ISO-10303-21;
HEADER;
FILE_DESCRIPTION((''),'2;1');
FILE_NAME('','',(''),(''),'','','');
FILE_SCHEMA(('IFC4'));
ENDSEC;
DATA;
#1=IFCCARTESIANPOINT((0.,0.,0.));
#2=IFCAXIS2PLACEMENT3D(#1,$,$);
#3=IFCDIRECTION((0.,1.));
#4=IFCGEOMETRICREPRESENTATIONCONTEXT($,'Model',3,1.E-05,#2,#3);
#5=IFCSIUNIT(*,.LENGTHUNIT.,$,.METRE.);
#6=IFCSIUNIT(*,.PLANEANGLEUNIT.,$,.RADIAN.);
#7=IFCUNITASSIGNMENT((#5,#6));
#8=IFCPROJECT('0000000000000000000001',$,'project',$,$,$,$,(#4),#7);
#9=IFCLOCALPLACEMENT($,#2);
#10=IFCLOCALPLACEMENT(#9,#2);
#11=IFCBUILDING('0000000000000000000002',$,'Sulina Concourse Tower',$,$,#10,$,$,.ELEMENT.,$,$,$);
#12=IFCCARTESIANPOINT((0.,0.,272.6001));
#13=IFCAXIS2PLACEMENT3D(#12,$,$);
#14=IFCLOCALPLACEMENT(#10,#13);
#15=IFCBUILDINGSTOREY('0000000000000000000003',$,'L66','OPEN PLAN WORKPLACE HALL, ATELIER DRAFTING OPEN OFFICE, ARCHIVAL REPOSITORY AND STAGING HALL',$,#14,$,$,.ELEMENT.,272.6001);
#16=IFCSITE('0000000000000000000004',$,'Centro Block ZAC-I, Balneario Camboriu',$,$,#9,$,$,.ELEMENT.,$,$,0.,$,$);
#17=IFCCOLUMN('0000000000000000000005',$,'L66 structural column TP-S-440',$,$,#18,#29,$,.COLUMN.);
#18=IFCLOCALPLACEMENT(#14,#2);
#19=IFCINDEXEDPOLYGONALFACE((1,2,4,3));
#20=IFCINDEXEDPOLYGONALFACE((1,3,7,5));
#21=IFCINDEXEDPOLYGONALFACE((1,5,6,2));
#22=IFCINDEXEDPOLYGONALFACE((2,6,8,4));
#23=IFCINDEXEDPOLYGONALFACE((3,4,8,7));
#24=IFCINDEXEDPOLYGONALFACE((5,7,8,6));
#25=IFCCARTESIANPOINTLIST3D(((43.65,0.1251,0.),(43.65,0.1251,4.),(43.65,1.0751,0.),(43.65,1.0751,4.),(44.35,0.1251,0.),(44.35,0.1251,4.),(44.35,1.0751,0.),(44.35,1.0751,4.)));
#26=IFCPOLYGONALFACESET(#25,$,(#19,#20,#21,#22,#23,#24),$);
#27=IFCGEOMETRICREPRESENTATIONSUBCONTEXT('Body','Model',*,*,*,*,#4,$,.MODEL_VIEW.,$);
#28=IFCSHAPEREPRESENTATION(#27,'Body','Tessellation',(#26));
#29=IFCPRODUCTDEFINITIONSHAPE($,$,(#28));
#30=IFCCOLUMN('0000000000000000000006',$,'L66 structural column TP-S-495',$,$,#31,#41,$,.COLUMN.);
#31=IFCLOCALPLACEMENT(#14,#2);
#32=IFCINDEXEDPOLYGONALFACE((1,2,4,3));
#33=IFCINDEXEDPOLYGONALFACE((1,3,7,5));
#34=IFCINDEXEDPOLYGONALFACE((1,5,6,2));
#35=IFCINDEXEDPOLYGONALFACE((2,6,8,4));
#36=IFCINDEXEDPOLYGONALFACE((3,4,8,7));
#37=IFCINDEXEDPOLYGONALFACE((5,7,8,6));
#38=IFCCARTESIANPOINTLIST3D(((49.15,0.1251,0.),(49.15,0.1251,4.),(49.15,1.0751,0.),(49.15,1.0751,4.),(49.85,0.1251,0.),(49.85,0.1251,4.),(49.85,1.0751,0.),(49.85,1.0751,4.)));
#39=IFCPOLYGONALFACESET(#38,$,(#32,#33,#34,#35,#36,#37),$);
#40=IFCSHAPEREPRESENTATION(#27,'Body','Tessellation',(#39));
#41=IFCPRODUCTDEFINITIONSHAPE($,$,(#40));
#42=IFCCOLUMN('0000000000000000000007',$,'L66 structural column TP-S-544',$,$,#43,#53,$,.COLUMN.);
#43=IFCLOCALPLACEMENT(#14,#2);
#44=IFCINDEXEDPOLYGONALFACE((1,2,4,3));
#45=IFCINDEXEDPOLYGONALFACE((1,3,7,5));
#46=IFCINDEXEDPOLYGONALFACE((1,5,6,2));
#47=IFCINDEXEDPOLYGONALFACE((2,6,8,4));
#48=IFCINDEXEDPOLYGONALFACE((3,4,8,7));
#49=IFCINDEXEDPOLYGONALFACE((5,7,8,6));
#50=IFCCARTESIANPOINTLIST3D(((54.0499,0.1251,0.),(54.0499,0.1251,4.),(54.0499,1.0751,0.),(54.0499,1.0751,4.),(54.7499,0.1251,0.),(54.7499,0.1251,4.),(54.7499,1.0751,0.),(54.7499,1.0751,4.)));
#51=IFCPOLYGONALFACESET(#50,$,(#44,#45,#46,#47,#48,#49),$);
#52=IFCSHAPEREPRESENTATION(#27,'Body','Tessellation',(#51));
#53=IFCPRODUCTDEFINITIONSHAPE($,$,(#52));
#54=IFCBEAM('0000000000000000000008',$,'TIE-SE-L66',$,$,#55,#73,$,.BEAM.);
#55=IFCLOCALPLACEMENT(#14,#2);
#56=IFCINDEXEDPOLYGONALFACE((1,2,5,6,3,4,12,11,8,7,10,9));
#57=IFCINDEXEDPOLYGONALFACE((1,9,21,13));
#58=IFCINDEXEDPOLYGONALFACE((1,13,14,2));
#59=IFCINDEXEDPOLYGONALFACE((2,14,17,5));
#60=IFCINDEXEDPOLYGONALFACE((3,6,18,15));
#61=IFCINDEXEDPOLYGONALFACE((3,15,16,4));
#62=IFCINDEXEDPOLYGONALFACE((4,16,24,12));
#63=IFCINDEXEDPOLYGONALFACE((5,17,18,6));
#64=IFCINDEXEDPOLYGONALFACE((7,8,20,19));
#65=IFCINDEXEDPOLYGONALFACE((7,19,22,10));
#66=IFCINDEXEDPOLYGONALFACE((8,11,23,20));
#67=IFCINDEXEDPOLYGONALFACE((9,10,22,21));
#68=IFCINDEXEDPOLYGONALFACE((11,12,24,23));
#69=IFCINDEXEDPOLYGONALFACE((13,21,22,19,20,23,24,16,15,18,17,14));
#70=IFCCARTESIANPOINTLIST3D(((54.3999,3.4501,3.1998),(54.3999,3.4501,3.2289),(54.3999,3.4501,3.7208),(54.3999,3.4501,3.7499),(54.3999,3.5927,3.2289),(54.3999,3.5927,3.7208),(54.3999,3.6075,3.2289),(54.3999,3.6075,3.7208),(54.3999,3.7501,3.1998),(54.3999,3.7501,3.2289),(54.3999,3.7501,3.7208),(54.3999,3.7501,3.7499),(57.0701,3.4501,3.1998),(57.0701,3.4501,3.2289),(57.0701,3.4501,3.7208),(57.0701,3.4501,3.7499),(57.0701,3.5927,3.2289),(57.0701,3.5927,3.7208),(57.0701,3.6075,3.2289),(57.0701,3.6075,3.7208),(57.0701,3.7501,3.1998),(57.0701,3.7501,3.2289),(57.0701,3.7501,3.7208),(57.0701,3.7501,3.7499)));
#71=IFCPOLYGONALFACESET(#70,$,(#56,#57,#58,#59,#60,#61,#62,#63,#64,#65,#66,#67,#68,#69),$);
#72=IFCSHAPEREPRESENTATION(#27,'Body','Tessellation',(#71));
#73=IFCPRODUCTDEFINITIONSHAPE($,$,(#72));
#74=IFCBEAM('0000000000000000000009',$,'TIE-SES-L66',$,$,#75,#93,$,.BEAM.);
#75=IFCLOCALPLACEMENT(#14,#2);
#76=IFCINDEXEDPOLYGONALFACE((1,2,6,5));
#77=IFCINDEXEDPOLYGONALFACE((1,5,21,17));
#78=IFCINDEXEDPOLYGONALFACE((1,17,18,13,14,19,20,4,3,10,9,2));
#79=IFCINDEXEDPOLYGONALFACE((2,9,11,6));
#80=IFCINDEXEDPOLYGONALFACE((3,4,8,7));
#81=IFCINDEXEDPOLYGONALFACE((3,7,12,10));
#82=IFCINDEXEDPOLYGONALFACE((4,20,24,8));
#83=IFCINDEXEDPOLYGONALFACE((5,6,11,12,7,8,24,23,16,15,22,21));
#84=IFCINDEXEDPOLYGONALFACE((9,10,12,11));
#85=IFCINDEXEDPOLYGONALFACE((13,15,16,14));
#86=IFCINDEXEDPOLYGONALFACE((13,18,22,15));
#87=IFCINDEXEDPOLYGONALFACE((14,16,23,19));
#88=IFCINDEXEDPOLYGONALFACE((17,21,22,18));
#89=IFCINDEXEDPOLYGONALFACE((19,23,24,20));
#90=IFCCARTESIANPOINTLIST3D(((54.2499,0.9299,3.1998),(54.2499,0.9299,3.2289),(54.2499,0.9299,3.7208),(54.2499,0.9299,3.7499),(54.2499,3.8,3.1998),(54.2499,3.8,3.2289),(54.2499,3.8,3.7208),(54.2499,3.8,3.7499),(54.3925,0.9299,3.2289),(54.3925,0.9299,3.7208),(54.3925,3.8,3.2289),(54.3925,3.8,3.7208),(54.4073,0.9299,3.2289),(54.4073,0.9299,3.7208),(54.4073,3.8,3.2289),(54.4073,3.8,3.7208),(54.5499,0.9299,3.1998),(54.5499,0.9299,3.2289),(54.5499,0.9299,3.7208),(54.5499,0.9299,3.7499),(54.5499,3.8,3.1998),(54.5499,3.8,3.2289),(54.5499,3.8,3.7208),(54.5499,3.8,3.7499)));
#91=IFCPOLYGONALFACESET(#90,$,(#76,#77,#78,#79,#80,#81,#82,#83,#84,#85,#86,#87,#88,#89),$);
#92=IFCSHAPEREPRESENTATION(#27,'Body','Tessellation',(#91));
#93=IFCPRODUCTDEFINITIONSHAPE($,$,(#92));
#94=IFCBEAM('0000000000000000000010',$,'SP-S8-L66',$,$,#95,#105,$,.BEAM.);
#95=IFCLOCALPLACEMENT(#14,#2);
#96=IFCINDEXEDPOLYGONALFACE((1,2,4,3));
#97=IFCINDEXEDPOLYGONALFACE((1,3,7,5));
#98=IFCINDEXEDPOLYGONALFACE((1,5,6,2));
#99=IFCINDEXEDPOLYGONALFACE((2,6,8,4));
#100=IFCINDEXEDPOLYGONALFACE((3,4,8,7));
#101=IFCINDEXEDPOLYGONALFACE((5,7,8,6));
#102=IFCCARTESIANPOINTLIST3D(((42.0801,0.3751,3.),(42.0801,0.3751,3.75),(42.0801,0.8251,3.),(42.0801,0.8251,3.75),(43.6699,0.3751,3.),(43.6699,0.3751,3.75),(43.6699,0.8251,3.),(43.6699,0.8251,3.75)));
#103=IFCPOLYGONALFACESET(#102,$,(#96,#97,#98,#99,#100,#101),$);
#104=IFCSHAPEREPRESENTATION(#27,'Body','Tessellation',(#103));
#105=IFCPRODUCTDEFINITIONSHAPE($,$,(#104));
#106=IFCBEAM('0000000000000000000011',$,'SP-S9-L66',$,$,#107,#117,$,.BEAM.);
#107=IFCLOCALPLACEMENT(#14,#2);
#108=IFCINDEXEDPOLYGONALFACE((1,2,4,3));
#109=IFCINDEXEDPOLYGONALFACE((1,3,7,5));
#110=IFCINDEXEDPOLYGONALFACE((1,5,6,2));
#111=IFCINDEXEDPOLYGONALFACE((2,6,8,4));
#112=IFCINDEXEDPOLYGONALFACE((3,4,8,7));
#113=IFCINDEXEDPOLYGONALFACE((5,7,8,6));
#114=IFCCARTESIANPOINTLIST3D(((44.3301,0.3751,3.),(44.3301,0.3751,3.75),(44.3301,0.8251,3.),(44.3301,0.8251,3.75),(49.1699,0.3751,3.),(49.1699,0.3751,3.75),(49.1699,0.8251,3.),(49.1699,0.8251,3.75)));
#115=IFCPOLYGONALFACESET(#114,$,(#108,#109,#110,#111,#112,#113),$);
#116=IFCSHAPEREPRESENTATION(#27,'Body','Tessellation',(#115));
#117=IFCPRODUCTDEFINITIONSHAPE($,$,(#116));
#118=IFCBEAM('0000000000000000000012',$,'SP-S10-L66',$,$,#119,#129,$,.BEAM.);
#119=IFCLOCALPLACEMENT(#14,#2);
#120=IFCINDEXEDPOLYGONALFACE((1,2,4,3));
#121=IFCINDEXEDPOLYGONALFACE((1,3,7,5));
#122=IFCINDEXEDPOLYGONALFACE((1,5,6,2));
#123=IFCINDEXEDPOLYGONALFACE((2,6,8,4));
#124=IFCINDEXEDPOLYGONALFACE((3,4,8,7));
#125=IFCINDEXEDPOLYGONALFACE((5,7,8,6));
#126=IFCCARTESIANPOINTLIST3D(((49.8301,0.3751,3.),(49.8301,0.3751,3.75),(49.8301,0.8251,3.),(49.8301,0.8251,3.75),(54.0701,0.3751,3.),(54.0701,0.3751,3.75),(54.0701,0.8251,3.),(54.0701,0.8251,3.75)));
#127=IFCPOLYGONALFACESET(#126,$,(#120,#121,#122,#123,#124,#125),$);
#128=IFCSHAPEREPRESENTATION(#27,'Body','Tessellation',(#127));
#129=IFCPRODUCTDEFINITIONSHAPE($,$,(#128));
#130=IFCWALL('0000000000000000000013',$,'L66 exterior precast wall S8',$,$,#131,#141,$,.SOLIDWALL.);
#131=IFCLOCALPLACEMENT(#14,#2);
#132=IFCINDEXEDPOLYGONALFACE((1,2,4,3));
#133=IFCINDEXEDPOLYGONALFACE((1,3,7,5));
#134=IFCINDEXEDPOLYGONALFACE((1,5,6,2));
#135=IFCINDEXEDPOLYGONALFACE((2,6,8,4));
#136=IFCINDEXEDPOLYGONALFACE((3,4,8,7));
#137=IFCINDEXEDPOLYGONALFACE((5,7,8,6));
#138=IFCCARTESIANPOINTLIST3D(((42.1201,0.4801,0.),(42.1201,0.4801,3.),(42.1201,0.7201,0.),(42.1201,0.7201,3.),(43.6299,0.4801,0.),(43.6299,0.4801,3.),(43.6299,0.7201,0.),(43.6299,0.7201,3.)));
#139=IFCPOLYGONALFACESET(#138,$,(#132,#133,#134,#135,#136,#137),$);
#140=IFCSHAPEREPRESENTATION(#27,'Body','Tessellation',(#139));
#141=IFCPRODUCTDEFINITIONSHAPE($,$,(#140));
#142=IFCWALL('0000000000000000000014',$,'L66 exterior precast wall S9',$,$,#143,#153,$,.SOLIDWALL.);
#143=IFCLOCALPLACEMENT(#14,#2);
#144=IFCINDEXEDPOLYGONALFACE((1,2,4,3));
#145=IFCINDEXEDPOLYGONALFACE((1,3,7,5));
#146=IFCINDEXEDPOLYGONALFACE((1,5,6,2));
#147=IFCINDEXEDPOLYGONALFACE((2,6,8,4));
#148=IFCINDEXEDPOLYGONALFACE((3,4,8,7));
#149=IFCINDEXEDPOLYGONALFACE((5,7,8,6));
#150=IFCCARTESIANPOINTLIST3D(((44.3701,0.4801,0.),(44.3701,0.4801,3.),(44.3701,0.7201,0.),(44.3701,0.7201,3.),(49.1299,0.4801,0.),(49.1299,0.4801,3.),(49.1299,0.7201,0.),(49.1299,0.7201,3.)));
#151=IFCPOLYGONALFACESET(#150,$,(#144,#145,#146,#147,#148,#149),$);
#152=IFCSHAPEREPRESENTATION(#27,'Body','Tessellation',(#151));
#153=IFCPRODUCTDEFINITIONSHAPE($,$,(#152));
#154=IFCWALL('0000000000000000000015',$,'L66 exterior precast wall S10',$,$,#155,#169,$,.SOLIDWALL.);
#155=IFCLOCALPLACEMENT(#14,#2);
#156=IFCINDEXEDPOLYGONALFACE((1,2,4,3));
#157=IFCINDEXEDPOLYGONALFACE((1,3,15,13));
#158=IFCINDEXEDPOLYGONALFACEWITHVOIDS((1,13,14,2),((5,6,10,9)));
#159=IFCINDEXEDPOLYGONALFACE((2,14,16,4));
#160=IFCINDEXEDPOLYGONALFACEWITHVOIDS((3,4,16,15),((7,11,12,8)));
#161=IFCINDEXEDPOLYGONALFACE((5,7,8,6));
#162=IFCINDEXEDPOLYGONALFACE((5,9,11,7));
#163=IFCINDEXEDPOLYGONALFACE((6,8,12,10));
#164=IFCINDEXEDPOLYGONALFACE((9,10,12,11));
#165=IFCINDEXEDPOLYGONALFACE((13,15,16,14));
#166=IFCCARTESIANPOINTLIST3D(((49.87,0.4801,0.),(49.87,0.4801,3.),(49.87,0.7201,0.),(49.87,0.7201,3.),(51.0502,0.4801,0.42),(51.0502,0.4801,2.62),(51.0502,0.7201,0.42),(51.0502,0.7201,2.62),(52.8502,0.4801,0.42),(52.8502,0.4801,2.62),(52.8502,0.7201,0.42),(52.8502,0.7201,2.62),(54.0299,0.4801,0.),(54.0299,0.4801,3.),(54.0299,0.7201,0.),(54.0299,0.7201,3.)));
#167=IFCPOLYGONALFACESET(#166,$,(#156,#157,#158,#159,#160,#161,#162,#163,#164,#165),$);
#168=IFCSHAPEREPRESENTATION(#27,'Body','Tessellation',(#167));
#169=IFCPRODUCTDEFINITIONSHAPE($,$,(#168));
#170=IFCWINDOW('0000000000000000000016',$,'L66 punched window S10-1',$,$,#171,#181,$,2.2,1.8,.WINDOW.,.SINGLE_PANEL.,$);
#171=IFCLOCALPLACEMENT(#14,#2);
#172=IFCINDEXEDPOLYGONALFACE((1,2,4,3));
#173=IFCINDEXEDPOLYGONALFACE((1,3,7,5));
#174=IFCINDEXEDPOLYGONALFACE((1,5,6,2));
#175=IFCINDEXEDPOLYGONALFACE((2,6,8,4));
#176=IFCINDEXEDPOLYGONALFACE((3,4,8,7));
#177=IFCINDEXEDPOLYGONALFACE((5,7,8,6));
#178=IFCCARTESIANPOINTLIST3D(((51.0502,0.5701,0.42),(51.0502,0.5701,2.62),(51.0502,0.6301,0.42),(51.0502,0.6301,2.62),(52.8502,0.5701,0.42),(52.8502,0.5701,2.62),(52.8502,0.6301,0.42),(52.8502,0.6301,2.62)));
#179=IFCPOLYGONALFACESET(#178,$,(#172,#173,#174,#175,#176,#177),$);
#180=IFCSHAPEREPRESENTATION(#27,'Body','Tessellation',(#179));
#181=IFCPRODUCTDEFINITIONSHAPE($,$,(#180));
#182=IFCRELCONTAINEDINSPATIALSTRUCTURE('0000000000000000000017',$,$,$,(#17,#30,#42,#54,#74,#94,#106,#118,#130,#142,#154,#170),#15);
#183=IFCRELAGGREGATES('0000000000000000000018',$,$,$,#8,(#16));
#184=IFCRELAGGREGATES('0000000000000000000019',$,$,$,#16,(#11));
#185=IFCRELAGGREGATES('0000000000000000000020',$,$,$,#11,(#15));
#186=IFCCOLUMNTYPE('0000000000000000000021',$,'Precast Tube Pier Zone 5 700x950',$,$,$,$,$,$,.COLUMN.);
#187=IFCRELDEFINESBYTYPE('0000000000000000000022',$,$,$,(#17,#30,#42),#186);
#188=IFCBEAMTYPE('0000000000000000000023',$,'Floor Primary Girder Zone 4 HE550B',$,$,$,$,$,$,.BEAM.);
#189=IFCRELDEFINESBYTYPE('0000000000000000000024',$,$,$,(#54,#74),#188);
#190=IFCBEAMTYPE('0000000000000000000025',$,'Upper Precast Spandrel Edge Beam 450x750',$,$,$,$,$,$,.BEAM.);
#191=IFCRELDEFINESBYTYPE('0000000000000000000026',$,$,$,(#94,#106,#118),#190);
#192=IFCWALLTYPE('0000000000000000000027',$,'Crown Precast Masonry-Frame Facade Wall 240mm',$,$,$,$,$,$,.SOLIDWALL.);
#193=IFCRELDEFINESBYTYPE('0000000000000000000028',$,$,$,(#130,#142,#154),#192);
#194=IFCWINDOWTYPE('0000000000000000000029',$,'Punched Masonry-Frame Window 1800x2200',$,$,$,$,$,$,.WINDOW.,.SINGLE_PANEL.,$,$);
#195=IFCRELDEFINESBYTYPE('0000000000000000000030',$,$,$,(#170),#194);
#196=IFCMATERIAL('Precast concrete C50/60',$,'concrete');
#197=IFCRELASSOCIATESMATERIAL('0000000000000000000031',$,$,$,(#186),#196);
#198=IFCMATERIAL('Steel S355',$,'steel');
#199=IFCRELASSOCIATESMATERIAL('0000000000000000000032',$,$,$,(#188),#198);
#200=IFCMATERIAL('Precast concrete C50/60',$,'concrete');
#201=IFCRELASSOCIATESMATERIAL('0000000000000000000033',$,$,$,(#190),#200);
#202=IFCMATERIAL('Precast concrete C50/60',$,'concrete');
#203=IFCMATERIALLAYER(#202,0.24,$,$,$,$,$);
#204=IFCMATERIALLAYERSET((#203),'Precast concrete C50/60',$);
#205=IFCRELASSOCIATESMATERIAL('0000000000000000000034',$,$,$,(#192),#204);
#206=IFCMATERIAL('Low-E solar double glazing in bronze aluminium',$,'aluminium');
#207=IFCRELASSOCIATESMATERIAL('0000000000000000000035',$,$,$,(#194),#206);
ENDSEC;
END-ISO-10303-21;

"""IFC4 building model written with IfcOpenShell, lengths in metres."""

from ifc_helpers import new_model, si_unit, direction, frame, frame_2d, origin, origin_2d, place, context, subcontext, project, spatial, rectangle, i_section, extrude, material, layer, layer_set, material_profile, profile_set, type_object, element, fill, save


model = new_model("IFC4")

# Units and contexts
model_context = context("Model", 3, precision=1e-05, world=origin(), true_north=direction((0.0, 1.0)))
body_context = subcontext(model_context, "Body", "Model", "MODEL_VIEW")
ifc_project = project(units=[si_unit("LENGTHUNIT", "METRE"), si_unit("PLANEANGLEUNIT", "RADIAN")], contexts=[model_context])

# Site, building, storey
site_placement = place(None, origin())
site = spatial("IfcSite", under=ifc_project, at=site_placement, Name="Centro Block ZAC-I, Balneario Camboriu", CompositionType="ELEMENT", RefElevation=0.0)
building_placement = place(site_placement, origin())
building = spatial("IfcBuilding", under=site, at=building_placement, Name="Sulina Concourse Tower", CompositionType="ELEMENT")
storey_placement = place(building_placement, frame((0.0, 0.0, 272.6001)))
storey = spatial("IfcBuildingStorey", under=building, at=storey_placement, Name="L66", Description="OPEN PLAN WORKPLACE HALL, ATELIER DRAFTING OPEN OFFICE, ARCHIVAL REPOSITORY AND STAGING HALL", CompositionType="ELEMENT", Elevation=272.6001)

# Columns
ifc_material_1 = material(Name="Precast concrete C50/60", Category="concrete")
ifc_material_profile_1 = material_profile(ifc_material_1, rectangle(XDim=0.7, YDim=0.95, at=origin_2d()), Name="PC 700x950")
ifc_profile_set_1 = profile_set([ifc_material_profile_1], Name="Precast concrete C50/60")
column_type = type_object("IfcColumnType", Name="Precast Tube Pier Zone 5 700x950", PredefinedType="COLUMN", material=ifc_profile_set_1)
for number, where, z_axis, x_axis, name in (
    (1, (44.0, 0.6001, 0.0), (0.0, 0.0, 1.0), (1.0, 0.0, 0.0), "L66 structural column TP-S-440"),
    (2, (49.5, 0.6001, 0.0), (0.0, 0.0, 1.0), (1.0, 0.0, 0.0), "L66 structural column TP-S-495"),
    (3, (54.3999, 0.6001, 0.0), (0.0, 0.0, 1.0), (1.0, 0.0, 0.0), "L66 structural column TP-S-544"),
):
    element("IfcColumn", number, at=place(storey_placement, frame(where, z_axis=z_axis, x_axis=x_axis)), inside=storey, type_object=column_type, Name=name, PredefinedType="COLUMN", context=body_context, shape_type="SweptSolid", body=[
        extrude(rectangle(XDim=0.7, YDim=0.95, at=origin_2d()), origin(), (0.0, 0.0, 1.0), 4.0),
    ])

# Beams
ifc_material_2 = material(Name="Steel S355", Category="steel")
ifc_material_profile_2 = material_profile(ifc_material_2, i_section(OverallWidth=0.3, OverallDepth=0.55, WebThickness=0.0149, FlangeThickness=0.0291, at=origin_2d()), Name="HE 550 B")
ifc_profile_set_2 = profile_set([ifc_material_profile_2], Name="Steel S355")
beam_type_1 = type_object("IfcBeamType", Name="Floor Primary Girder Zone 4 HE550B", PredefinedType="BEAM", material=ifc_profile_set_2)
beam_1_placement = place(storey_placement, frame((54.3999, 3.6001, 3.4749), z_axis=(1.0, 0.0, 0.0), x_axis=(0.0, 1.0, 0.0)))
element("IfcBeam", 4, at=beam_1_placement, inside=storey, type_object=beam_type_1, Name="TIE-SE-L66", PredefinedType="BEAM", context=body_context, shape_type="SweptSolid", body=[
    extrude(i_section(OverallWidth=0.3, OverallDepth=0.55, WebThickness=0.0149, FlangeThickness=0.0291, at=origin_2d()), origin(), (0.0, 0.0, 1.0), 2.6702),
])
beam_2_placement = place(storey_placement, frame((54.3999, 0.9299, 3.4749), z_axis=(0.0, 1.0, 0.0), x_axis=(-1.0, 0.0, 0.0)))
element("IfcBeam", 5, at=beam_2_placement, inside=storey, type_object=beam_type_1, Name="TIE-SES-L66", PredefinedType="BEAM", context=body_context, shape_type="SweptSolid", body=[
    extrude(i_section(OverallWidth=0.3, OverallDepth=0.55, WebThickness=0.0149, FlangeThickness=0.0291, at=origin_2d()), origin(), (0.0, 0.0, 1.0), 2.8701),
])
ifc_material_3 = material(Name="Precast concrete C50/60", Category="concrete")
ifc_material_profile_3 = material_profile(ifc_material_3, rectangle(XDim=0.45, YDim=0.75, at=origin_2d()), Name="RC 450x750")
ifc_profile_set_3 = profile_set([ifc_material_profile_3], Name="Precast concrete C50/60")
beam_type_2 = type_object("IfcBeamType", Name="Upper Precast Spandrel Edge Beam 450x750", PredefinedType="BEAM", material=ifc_profile_set_3)
beam_3_placement = place(storey_placement, frame((42.0801, 0.6001, 3.375), z_axis=(1.0, 0.0, 0.0), x_axis=(0.0, 1.0, 0.0)))
element("IfcBeam", 6, at=beam_3_placement, inside=storey, type_object=beam_type_2, Name="SP-S8-L66", PredefinedType="BEAM", context=body_context, shape_type="SweptSolid", body=[
    extrude(rectangle(XDim=0.45, YDim=0.75, at=origin_2d()), origin(), (0.0, 0.0, 1.0), 1.5898),
])
beam_4_placement = place(storey_placement, frame((44.3301, 0.6001, 3.375), z_axis=(1.0, 0.0, 0.0), x_axis=(0.0, 1.0, 0.0)))
element("IfcBeam", 7, at=beam_4_placement, inside=storey, type_object=beam_type_2, Name="SP-S9-L66", PredefinedType="BEAM", context=body_context, shape_type="SweptSolid", body=[
    extrude(rectangle(XDim=0.45, YDim=0.75, at=origin_2d()), origin(), (0.0, 0.0, 1.0), 4.8398),
])
beam_5_placement = place(storey_placement, frame((49.8301, 0.6001, 3.375), z_axis=(1.0, 0.0, 0.0), x_axis=(0.0, 1.0, 0.0)))
element("IfcBeam", 8, at=beam_5_placement, inside=storey, type_object=beam_type_2, Name="SP-S10-L66", PredefinedType="BEAM", context=body_context, shape_type="SweptSolid", body=[
    extrude(rectangle(XDim=0.45, YDim=0.75, at=origin_2d()), origin(), (0.0, 0.0, 1.0), 4.24),
])

# Walls
ifc_material_4 = material(Name="Precast concrete C50/60", Category="concrete")
ifc_layer_1 = layer(ifc_material_4, 0.24)
ifc_layer_set_1 = layer_set([ifc_layer_1], Name="Precast concrete C50/60")
wall_type_1 = type_object("IfcWallType", Name="Crown Precast Masonry-Frame Facade Wall 240mm", PredefinedType="SOLIDWALL", material=ifc_layer_set_1)
wall_1_placement = place(storey_placement, frame((43.6299, 0.6001, 0.0), z_axis=(0.0, 0.0, 1.0), x_axis=(-1.0, 0.0, 0.0)))
element("IfcWall", 9, at=wall_1_placement, inside=storey, type_object=wall_type_1, Name="L66 exterior precast wall S8", PredefinedType="SOLIDWALL", context=body_context, shape_type="SweptSolid", body=[
    extrude(rectangle(XDim=1.5098, YDim=0.24, at=frame_2d((0.7549, 0.0))), origin(), (0.0, 0.0, 1.0), 3.0),
])
wall_2_placement = place(storey_placement, frame((49.1299, 0.6001, 0.0), z_axis=(0.0, 0.0, 1.0), x_axis=(-1.0, 0.0, 0.0)))
element("IfcWall", 10, at=wall_2_placement, inside=storey, type_object=wall_type_1, Name="L66 exterior precast wall S9", PredefinedType="SOLIDWALL", context=body_context, shape_type="SweptSolid", body=[
    extrude(rectangle(XDim=4.7598, YDim=0.24, at=frame_2d((2.3799, 0.0))), origin(), (0.0, 0.0, 1.0), 3.0),
])

# Wall, opening, window
wall_3_placement = place(storey_placement, frame((54.03, 0.6001, 0.0), z_axis=(0.0, 0.0, 1.0), x_axis=(-1.0, 0.0, 0.0)))
wall_3 = element("IfcWall", 11, at=wall_3_placement, inside=storey, type_object=wall_type_1, Name="L66 exterior precast wall S10", PredefinedType="SOLIDWALL", context=body_context, shape_type="SweptSolid", body=[
    extrude(rectangle(XDim=4.1599, YDim=0.24, at=frame_2d((2.0801, 0.0))), origin(), (0.0, 0.0, 1.0), 3.0),
])
opening_placement = place(wall_3_placement, frame((1.1799, 0.0, 0.4199)))
opening = element("IfcOpeningElement", 12, at=opening_placement, cuts=wall_3, PredefinedType="OPENING", context=body_context, shape_type="SweptSolid", body=[
    extrude(rectangle(XDim=1.8, YDim=2.2, at=frame_2d((0.8999, 1.1001))), frame((0.0, 0.1299, 0.0), z_axis=(0.0, -1.0, 0.0), x_axis=(1.0, 0.0, 0.0)), (0.0, 0.0, 1.0), 0.26),
])
ifc_material_5 = material(Name="Low-E solar double glazing in bronze aluminium", Category="aluminium")
window_type = type_object("IfcWindowType", Name="Punched Masonry-Frame Window 1800x2200", PartitioningType="SINGLE_PANEL", PredefinedType="WINDOW", material=ifc_material_5)
window_placement = place(opening_placement, origin())
window = element("IfcWindow", 13, at=window_placement, inside=storey, type_object=window_type, Name="L66 punched window S10-1", OverallHeight=2.2, OverallWidth=1.8, PartitioningType="SINGLE_PANEL", PredefinedType="WINDOW", context=body_context, shape_type="SweptSolid", body=[
    extrude(rectangle(XDim=1.8, YDim=2.2, at=frame_2d((0.8999, 1.1001))), frame((0.0, 0.03, 0.0), z_axis=(0.0, -1.0, 0.0), x_axis=(1.0, 0.0, 0.0)), (0.0, 0.0, 1.0), 0.0601),
])
fill(opening, window)

save(model, "model.ifc")
